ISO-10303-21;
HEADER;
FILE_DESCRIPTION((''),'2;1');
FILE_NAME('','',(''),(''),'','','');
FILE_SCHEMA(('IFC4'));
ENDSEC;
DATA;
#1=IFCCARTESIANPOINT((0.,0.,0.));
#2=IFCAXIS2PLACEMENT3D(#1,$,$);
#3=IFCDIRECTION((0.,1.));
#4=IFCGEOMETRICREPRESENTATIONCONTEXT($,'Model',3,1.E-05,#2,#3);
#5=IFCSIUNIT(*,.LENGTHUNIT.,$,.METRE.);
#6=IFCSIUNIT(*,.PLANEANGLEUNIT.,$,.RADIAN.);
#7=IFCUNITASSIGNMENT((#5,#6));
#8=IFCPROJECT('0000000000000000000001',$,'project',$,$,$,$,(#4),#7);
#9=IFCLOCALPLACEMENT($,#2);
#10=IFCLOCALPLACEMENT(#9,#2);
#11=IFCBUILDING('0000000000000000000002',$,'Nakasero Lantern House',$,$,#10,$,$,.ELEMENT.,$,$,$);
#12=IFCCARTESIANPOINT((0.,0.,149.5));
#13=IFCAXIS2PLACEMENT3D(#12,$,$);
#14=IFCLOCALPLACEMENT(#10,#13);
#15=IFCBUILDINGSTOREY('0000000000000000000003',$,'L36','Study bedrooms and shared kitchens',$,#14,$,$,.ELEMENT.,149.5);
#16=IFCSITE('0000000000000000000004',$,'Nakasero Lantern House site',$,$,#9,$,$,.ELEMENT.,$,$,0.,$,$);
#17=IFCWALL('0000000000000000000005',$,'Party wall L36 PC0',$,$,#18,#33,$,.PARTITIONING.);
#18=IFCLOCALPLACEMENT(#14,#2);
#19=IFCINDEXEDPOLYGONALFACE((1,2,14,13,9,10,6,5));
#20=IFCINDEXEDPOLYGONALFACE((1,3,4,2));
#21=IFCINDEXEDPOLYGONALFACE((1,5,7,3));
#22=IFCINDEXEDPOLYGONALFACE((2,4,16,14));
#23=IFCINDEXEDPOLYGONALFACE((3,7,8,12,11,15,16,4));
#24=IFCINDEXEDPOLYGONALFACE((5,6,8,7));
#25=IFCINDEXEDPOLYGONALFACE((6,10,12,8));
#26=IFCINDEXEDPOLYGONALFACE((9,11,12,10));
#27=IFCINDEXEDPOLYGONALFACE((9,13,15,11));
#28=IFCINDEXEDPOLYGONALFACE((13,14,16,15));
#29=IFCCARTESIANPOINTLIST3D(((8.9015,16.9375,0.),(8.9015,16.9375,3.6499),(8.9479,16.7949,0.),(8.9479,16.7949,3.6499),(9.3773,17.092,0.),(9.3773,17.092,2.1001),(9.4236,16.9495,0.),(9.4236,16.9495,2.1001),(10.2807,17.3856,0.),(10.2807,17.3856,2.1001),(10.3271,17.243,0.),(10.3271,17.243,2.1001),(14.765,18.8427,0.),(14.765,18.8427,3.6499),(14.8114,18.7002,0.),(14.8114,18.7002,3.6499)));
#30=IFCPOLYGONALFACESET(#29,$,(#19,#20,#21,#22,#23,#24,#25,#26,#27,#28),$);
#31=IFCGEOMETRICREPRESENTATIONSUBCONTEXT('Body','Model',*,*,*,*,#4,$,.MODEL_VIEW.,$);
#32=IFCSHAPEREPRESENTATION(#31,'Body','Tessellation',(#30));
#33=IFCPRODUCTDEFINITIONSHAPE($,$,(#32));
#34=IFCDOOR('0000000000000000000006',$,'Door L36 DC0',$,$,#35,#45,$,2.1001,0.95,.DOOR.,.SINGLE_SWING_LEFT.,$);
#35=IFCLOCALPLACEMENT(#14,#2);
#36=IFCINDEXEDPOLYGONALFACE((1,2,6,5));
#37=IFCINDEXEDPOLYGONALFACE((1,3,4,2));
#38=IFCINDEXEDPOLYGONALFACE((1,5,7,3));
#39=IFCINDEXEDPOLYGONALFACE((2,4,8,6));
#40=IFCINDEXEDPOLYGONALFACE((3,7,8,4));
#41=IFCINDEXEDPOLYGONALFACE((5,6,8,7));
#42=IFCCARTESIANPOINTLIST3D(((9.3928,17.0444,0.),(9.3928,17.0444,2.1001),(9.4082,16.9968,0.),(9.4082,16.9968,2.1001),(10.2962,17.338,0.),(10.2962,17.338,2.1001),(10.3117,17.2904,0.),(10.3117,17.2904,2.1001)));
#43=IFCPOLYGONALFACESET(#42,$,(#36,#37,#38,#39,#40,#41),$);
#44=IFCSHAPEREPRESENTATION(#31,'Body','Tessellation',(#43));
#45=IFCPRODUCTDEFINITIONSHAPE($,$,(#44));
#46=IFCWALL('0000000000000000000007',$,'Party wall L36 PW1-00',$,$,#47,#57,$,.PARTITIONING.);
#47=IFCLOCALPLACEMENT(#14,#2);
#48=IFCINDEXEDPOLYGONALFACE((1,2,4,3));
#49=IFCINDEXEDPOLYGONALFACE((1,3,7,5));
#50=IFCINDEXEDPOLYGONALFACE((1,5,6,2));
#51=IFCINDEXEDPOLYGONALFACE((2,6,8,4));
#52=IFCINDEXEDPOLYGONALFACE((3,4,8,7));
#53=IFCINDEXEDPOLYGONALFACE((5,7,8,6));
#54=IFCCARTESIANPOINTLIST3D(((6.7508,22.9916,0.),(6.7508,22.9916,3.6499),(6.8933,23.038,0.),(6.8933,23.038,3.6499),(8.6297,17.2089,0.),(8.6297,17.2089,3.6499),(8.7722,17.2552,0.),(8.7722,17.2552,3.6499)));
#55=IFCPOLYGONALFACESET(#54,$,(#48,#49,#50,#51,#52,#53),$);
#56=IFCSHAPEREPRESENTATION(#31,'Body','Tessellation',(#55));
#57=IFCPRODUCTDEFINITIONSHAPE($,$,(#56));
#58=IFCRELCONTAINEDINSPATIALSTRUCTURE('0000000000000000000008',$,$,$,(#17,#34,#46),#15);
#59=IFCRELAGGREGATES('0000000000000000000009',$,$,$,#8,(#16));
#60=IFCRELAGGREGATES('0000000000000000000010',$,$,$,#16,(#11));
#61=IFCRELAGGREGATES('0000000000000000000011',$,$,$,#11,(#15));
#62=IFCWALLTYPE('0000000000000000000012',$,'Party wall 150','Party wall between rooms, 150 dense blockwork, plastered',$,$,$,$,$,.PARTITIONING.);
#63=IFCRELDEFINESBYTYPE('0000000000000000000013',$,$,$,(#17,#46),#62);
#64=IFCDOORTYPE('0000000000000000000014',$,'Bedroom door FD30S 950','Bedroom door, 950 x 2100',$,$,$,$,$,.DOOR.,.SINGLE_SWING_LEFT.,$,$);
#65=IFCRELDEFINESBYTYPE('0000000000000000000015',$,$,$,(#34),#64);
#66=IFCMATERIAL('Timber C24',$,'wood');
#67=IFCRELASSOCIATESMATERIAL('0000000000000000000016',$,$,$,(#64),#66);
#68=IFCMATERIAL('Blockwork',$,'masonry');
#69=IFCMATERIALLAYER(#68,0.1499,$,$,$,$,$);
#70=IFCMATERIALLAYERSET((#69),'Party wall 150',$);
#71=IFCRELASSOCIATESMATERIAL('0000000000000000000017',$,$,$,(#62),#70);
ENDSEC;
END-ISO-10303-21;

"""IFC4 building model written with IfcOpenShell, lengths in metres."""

from ifc_helpers import new_model, si_unit, direction, frame, frame_2d, origin, place, context, subcontext, project, spatial, rectangle, extrude, material, layer, layer_set, type_object, element, fill, save


model = new_model("IFC4")

# Units and contexts
model_context = context("Model", 3, precision=1e-05, world=origin(), true_north=direction((0.0, 1.0)))
body_context = subcontext(model_context, "Body", "Model", "MODEL_VIEW")
ifc_project = project(units=[si_unit("LENGTHUNIT", "METRE"), si_unit("PLANEANGLEUNIT", "RADIAN")], contexts=[model_context])

# Site, building, storey
site_placement = place(None, origin())
site = spatial("IfcSite", under=ifc_project, at=site_placement, Name="Nakasero Lantern House site", CompositionType="ELEMENT", RefElevation=0.0)
building_placement = place(site_placement, origin())
building = spatial("IfcBuilding", under=site, at=building_placement, Name="Nakasero Lantern House", CompositionType="ELEMENT")
storey_placement = place(building_placement, frame((0.0, 0.0, 149.5)))
storey = spatial("IfcBuildingStorey", under=building, at=storey_placement, Name="L36", Description="Study bedrooms and shared kitchens", CompositionType="ELEMENT", Elevation=149.5)

# Shared definitions
ifc_material_1 = material(Name="Timber C24", Category="wood")
door_type_1 = type_object("IfcDoorType", Name="Bedroom door FD30S 950", Description="Bedroom door, 950 x 2100", OperationType="SINGLE_SWING_LEFT", PredefinedType="DOOR", material=ifc_material_1)

# Wall, opening, door
ifc_material_2 = material(Name="Blockwork", Category="masonry")
ifc_layer_1 = layer(ifc_material_2, 0.1499)
ifc_layer_set_1 = layer_set([ifc_layer_1], Name="Party wall 150")
wall_type_1 = type_object("IfcWallType", Name="Party wall 150", Description="Party wall between rooms, 150 dense blockwork, plastered", PredefinedType="PARTITIONING", material=ifc_layer_set_1)
wall_1_placement = place(storey_placement, frame((8.9248, 16.8662, 0.0), z_axis=(0.0, 0.0, 1.0), x_axis=(0.951052, 0.309031, 0.0)))
wall_1 = element("IfcWall", 1, at=wall_1_placement, inside=storey, type_object=wall_type_1, Name="Party wall L36 PC0", PredefinedType="PARTITIONING", context=body_context, shape_type="SweptSolid", body=[
    extrude(rectangle(XDim=6.1653, YDim=0.1499, at=frame_2d((3.0825, 0.0))), origin(), (0.0, 0.0, 1.0), 3.6499),
])
opening_1_placement = place(wall_1_placement, frame((0.5, 0.0, 0.0)))
opening_1 = element("IfcOpeningElement", 2, at=opening_1_placement, cuts=wall_1, PredefinedType="OPENING", context=body_context, shape_type="SweptSolid", body=[
    extrude(rectangle(XDim=0.95, YDim=2.1001, at=frame_2d((0.4751, 1.05))), frame((0.0, 0.095, 0.0), z_axis=(0.0, -1.0, 0.0), x_axis=(1.0, 0.0, 0.0)), (0.0, 0.0, 1.0), 0.1899),
])
door_1_placement = place(opening_1_placement, origin())
door_1 = element("IfcDoor", 3, at=door_1_placement, inside=storey, type_object=door_type_1, Name="Door L36 DC0", OperationType="SINGLE_SWING_LEFT", OverallHeight=2.1001, OverallWidth=0.95, PredefinedType="DOOR", context=body_context, shape_type="SweptSolid", body=[
    extrude(rectangle(XDim=0.95, YDim=2.1001, at=frame_2d((0.4751, 1.05))), frame((0.0, 0.0249, 0.0), z_axis=(0.0, -1.0, 0.0), x_axis=(1.0, 0.0, 0.0)), (0.0, 0.0, 1.0), 0.05),
])
fill(opening_1, door_1)

# Wall
wall_2_placement = place(storey_placement, frame((8.7009, 17.2322, 0.0), z_axis=(0.0, 0.0, 1.0), x_axis=(-0.309015, 0.951057, 0.0)))
element("IfcWall", 4, at=wall_2_placement, inside=storey, type_object=wall_type_1, Name="Party wall L36 PW1-00", PredefinedType="PARTITIONING", context=body_context, shape_type="SweptSolid", body=[
    extrude(rectangle(XDim=6.0803, YDim=0.1499, at=frame_2d((3.04, 0.0))), origin(), (0.0, 0.0, 1.0), 3.6499),
])

save(model, "model.ifc")
